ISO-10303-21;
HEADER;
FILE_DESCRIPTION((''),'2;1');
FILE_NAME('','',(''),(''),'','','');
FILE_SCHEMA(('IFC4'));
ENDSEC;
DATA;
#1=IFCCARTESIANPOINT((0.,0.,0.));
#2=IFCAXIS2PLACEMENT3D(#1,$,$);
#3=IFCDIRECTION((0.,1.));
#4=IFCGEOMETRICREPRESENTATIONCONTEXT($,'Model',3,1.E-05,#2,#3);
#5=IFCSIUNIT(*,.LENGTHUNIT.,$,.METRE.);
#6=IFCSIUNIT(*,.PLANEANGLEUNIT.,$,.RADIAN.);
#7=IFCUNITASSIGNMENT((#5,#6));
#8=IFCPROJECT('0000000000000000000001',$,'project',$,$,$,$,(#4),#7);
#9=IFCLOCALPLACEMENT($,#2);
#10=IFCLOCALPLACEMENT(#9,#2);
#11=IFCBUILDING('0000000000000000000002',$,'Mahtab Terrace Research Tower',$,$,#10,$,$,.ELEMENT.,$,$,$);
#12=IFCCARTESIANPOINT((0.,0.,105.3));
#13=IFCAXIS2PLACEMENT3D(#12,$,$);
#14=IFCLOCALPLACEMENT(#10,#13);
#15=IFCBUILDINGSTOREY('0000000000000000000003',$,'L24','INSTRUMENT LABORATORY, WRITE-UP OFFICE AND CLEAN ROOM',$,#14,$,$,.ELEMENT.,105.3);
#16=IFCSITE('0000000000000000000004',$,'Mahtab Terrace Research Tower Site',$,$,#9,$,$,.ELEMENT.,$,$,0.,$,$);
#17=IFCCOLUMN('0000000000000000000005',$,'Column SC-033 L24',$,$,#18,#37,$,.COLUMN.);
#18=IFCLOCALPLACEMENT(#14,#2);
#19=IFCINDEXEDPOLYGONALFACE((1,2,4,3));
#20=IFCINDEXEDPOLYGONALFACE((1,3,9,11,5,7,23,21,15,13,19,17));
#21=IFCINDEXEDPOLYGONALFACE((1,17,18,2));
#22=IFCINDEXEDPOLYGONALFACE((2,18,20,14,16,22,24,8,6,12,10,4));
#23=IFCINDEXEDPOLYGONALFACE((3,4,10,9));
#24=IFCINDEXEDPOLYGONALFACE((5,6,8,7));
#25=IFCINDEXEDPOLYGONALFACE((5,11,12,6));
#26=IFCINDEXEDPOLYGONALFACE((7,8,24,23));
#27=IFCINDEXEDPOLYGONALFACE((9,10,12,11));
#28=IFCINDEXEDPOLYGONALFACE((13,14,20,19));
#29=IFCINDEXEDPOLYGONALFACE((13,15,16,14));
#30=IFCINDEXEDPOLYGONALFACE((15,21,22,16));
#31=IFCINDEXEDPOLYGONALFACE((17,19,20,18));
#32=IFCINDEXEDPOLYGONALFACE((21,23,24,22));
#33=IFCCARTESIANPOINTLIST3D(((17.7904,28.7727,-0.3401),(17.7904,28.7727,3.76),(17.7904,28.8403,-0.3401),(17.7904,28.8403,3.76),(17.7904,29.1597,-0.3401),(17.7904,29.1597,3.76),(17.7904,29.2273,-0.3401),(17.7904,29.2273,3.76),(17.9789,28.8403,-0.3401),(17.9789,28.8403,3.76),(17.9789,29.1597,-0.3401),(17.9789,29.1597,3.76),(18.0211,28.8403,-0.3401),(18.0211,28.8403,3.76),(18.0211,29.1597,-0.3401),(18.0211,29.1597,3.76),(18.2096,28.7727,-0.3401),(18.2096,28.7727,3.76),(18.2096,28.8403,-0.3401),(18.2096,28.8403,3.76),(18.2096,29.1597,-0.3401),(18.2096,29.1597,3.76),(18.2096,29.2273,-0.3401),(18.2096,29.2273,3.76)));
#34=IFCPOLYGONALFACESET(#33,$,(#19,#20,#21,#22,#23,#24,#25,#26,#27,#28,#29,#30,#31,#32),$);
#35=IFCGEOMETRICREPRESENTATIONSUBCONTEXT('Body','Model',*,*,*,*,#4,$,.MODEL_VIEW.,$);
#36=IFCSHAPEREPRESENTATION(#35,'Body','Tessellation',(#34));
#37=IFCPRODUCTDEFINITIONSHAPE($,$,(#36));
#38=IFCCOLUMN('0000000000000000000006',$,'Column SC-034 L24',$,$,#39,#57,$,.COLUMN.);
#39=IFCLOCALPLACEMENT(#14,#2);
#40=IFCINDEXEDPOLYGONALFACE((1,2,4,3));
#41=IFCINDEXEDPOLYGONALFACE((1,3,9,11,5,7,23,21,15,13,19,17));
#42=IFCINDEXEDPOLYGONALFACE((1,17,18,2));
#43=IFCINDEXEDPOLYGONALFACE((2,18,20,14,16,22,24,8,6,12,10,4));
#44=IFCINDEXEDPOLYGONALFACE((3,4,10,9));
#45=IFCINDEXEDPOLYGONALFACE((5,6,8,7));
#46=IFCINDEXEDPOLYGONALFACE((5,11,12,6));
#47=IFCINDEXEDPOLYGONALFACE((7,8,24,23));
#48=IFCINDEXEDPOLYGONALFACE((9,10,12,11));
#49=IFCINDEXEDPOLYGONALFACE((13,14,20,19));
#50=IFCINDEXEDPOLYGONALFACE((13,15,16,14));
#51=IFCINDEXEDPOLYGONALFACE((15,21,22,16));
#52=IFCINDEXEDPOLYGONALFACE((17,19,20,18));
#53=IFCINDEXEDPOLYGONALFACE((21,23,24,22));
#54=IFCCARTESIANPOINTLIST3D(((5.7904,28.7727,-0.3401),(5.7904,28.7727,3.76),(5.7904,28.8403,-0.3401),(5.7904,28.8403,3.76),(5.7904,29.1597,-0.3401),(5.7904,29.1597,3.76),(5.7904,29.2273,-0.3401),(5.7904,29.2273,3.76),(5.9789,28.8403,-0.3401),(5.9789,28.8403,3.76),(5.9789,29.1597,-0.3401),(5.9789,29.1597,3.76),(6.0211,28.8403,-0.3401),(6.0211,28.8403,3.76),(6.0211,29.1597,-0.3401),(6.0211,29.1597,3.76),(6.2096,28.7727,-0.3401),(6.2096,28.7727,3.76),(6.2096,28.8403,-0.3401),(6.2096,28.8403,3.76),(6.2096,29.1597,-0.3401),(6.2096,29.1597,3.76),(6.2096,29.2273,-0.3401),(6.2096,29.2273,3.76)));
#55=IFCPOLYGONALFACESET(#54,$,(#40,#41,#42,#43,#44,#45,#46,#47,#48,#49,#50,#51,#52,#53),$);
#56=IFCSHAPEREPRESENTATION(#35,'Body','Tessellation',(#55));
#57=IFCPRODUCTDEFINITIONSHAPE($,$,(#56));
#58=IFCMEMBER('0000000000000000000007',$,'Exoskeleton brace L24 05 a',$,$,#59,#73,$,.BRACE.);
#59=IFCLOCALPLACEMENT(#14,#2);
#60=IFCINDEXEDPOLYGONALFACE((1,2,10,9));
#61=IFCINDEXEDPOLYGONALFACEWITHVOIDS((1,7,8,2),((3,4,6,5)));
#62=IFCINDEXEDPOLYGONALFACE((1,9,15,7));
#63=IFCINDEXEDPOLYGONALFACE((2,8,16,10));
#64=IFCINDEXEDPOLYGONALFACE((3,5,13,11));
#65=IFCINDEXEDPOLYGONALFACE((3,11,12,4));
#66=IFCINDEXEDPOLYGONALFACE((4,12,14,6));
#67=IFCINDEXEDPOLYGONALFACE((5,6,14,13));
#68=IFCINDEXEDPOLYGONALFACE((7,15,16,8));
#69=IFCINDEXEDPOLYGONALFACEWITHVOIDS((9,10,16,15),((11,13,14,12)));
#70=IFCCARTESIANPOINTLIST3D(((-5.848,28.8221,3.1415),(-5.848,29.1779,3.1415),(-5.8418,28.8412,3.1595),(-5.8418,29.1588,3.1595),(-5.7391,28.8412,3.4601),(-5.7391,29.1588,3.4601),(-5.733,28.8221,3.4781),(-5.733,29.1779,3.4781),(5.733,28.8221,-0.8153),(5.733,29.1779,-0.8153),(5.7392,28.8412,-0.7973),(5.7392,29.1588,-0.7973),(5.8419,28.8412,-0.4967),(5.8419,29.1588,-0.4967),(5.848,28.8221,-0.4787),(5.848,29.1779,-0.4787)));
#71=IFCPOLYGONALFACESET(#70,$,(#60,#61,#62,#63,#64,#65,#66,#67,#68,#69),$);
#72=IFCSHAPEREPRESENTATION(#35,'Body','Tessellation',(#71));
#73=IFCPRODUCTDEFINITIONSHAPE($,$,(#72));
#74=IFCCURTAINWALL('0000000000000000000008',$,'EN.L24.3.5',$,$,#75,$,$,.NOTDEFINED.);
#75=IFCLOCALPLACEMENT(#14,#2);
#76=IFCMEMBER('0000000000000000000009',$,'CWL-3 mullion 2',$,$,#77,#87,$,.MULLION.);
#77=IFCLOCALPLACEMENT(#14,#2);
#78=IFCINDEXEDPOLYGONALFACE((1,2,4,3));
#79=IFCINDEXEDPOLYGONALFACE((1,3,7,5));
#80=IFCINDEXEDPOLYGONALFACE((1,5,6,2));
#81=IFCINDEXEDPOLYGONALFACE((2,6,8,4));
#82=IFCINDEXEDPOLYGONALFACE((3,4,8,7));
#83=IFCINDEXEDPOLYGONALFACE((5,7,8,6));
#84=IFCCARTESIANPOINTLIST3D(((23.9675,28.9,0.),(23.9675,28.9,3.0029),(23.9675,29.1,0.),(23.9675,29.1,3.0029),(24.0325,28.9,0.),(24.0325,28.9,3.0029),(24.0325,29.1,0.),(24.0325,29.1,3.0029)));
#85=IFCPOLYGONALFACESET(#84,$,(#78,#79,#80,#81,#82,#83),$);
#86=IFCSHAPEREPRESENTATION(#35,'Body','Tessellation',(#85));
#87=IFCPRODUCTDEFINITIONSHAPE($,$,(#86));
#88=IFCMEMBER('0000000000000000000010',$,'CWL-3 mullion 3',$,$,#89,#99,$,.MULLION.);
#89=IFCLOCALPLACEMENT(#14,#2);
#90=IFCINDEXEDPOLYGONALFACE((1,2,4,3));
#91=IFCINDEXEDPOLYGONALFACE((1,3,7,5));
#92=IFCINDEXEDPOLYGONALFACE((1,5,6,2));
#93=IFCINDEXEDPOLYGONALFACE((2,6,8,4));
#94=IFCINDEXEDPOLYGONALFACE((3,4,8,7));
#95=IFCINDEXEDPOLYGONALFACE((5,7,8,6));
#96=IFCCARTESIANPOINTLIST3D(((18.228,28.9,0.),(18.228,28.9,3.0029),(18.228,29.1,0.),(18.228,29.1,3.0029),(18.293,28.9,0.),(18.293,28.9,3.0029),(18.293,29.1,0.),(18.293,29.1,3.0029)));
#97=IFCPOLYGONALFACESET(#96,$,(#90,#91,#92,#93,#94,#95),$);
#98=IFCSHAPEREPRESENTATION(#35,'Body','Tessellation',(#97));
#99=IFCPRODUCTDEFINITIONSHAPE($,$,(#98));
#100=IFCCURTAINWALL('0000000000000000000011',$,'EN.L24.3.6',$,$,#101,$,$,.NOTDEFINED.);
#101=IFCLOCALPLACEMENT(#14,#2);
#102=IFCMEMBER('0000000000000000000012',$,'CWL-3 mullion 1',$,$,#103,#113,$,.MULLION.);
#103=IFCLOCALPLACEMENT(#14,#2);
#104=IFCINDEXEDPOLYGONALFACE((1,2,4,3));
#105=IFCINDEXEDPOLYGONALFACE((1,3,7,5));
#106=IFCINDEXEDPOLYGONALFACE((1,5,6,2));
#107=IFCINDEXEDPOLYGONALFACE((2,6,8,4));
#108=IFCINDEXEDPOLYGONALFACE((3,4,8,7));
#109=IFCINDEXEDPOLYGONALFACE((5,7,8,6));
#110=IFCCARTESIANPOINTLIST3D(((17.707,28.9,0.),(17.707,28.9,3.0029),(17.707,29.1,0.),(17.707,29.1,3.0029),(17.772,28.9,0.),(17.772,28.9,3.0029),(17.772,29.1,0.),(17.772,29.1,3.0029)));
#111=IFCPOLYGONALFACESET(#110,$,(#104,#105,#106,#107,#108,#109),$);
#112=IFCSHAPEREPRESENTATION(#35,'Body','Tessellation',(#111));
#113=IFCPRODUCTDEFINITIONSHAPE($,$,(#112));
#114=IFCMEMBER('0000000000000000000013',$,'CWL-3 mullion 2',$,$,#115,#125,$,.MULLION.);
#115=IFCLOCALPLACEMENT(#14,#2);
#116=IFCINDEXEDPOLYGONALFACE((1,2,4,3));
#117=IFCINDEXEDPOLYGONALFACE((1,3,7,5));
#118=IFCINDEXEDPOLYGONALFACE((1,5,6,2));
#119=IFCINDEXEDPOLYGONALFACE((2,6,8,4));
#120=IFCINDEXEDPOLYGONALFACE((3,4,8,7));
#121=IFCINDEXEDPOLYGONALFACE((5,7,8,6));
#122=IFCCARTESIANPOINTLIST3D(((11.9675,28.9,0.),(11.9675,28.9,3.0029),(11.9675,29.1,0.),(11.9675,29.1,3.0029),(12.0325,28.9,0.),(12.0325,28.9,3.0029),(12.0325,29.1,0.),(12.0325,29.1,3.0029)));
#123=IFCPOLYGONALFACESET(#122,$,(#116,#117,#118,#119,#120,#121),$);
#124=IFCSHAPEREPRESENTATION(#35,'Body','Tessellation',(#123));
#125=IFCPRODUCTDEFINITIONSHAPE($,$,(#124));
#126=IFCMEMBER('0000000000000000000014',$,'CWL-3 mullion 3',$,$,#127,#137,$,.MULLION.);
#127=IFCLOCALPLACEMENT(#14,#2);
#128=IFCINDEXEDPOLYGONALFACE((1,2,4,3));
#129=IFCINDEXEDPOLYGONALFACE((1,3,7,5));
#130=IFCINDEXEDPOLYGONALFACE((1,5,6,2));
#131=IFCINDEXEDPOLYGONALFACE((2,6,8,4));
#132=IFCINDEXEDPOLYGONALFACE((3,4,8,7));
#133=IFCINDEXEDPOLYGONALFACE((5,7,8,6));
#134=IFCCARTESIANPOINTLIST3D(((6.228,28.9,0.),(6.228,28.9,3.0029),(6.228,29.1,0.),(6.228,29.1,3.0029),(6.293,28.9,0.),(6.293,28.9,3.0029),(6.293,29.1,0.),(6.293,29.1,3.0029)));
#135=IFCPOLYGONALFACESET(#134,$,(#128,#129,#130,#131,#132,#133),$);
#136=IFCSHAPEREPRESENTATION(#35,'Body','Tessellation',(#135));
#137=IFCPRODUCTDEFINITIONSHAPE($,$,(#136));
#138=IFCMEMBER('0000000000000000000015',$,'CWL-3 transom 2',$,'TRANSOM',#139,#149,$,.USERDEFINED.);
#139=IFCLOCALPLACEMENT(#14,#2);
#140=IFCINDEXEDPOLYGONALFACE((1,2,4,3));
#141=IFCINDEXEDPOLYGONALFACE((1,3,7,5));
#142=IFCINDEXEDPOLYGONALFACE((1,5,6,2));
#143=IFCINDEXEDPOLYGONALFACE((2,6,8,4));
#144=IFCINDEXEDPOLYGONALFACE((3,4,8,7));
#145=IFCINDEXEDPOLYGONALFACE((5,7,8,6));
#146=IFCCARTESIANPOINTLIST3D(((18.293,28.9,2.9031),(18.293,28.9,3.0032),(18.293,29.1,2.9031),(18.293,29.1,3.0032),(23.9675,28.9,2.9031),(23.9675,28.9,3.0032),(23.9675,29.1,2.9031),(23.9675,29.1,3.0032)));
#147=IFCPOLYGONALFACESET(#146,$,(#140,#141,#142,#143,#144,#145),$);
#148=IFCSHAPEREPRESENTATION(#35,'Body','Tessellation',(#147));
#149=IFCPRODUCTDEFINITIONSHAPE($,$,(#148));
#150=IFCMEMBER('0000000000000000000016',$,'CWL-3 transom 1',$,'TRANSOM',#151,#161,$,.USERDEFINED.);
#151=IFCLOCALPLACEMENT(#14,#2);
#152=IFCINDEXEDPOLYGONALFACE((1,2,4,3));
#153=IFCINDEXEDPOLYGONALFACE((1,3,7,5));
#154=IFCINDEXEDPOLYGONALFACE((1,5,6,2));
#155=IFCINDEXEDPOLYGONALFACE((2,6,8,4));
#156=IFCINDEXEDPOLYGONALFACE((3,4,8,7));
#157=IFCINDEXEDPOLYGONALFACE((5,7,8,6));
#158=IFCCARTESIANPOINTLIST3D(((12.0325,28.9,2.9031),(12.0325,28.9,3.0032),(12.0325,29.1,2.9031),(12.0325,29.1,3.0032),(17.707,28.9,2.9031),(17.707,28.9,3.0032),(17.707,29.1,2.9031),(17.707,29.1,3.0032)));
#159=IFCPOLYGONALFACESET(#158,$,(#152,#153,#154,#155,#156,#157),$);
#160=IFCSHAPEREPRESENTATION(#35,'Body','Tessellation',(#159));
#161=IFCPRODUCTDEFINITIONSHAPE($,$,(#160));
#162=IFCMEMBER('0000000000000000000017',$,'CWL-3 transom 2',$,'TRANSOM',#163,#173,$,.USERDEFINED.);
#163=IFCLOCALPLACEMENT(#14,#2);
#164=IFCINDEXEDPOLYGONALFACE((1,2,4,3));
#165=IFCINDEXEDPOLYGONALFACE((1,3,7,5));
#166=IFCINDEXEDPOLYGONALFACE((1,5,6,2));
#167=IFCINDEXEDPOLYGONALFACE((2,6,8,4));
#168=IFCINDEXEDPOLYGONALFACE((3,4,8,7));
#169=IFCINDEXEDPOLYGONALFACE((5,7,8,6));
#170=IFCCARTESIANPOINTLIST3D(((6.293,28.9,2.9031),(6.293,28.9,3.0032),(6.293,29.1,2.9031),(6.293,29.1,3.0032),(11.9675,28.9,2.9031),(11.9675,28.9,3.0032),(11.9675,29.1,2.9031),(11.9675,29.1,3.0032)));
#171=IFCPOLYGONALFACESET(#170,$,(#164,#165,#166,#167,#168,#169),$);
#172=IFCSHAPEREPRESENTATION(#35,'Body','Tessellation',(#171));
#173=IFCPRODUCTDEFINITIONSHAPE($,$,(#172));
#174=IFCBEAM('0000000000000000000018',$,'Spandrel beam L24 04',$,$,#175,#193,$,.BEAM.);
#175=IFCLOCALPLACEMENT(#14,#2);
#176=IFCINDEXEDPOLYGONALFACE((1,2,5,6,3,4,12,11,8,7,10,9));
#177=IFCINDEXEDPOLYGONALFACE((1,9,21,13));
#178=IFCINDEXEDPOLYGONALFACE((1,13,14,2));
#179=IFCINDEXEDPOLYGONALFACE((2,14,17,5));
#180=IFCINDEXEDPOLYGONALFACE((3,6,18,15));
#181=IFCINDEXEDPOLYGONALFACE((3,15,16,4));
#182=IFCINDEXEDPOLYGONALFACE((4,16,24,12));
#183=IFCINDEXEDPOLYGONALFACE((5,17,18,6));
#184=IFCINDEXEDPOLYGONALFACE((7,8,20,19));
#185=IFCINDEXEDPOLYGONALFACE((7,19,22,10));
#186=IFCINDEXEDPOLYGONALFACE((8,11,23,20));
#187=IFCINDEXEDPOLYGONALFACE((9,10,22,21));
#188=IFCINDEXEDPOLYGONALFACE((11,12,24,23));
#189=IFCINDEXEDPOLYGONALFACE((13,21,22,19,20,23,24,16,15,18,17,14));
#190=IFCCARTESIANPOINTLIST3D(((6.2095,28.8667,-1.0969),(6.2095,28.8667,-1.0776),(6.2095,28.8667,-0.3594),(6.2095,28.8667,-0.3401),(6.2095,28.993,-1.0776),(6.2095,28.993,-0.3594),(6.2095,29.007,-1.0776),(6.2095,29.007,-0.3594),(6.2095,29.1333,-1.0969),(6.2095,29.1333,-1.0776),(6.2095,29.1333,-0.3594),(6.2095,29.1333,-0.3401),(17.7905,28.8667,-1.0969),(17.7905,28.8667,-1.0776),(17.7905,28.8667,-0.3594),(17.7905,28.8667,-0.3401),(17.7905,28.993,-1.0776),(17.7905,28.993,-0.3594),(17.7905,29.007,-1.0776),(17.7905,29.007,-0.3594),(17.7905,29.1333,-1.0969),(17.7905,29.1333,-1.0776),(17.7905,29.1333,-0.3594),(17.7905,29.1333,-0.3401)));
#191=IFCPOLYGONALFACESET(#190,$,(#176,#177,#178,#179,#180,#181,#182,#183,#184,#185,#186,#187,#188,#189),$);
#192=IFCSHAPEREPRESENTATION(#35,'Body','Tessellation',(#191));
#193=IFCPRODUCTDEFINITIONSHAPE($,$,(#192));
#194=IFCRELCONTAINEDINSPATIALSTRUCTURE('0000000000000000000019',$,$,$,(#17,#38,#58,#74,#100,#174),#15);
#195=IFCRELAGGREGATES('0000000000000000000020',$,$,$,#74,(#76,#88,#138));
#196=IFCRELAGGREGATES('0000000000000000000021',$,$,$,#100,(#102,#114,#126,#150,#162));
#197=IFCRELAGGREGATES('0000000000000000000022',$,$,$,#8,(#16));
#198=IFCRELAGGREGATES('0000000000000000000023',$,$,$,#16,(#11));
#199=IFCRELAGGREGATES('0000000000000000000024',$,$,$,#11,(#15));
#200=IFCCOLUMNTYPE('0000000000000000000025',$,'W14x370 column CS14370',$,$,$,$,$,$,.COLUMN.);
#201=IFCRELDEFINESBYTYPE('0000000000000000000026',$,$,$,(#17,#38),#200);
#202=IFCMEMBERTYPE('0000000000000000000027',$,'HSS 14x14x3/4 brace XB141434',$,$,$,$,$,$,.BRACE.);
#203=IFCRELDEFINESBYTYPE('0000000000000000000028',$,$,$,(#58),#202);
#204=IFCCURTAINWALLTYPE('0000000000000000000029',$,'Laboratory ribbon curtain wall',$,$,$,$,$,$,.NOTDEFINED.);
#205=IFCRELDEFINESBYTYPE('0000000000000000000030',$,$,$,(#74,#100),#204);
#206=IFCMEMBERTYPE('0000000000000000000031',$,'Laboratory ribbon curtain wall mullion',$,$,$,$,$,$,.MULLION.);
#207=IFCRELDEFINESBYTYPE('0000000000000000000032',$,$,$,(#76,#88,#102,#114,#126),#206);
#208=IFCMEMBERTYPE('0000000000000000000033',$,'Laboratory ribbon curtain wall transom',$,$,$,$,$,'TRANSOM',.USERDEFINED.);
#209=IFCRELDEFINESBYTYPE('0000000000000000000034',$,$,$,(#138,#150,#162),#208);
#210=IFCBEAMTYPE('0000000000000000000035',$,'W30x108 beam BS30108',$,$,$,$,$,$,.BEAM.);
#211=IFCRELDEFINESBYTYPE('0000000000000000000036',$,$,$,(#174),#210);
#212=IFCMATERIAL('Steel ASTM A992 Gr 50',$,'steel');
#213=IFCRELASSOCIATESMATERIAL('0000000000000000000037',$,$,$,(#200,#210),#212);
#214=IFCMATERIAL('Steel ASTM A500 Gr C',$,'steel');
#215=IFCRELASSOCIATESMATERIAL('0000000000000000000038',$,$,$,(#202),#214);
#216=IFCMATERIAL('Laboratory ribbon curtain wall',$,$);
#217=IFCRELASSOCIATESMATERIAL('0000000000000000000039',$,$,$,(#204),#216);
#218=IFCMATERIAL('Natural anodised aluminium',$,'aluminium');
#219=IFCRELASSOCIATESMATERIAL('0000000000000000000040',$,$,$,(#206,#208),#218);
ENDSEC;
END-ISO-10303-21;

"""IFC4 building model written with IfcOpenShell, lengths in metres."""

from ifc_helpers import new_model, si_unit, direction, frame, origin, origin_2d, place, context, subcontext, project, spatial, rectangle, hollow_rectangle, i_section, extrude, material, material_profile, profile_set, type_object, element, aggregate, save


model = new_model("IFC4")

# Units and contexts
model_context = context("Model", 3, precision=1e-05, world=origin(), true_north=direction((0.0, 1.0)))
body_context = subcontext(model_context, "Body", "Model", "MODEL_VIEW")
ifc_project = project(units=[si_unit("LENGTHUNIT", "METRE"), si_unit("PLANEANGLEUNIT", "RADIAN")], contexts=[model_context])

# Site, building, storey
site_placement = place(None, origin())
site = spatial("IfcSite", under=ifc_project, at=site_placement, Name="Mahtab Terrace Research Tower Site", CompositionType="ELEMENT", RefElevation=0.0)
building_placement = place(site_placement, origin())
building = spatial("IfcBuilding", under=site, at=building_placement, Name="Mahtab Terrace Research Tower", CompositionType="ELEMENT")
storey_placement = place(building_placement, frame((0.0, 0.0, 105.3)))
storey = spatial("IfcBuildingStorey", under=building, at=storey_placement, Name="L24", Description="INSTRUMENT LABORATORY, WRITE-UP OFFICE AND CLEAN ROOM", CompositionType="ELEMENT", Elevation=105.3)

# Columns
ifc_material_1 = material(Name="Steel ASTM A992 Gr 50", Category="steel")
ifc_material_profile_1 = material_profile(ifc_material_1, i_section(OverallWidth=0.4192, OverallDepth=0.4546, WebThickness=0.0422, FlangeThickness=0.0676, at=origin_2d()), Name="W14X370")
ifc_profile_set_1 = profile_set([ifc_material_profile_1], Name="Steel ASTM A992 Gr 50")
column_type = type_object("IfcColumnType", Name="W14x370 column CS14370", PredefinedType="COLUMN", material=ifc_profile_set_1)
for number, where, z_axis, x_axis, name in (
    (1, (18.0, 29.0, -0.3401), (0.0, 0.0, 1.0), (1.0, 0.0, 0.0), "Column SC-033 L24"),
    (2, (6.0, 29.0, -0.3401), (0.0, 0.0, 1.0), (1.0, 0.0, 0.0), "Column SC-034 L24"),
):
    element("IfcColumn", number, at=place(storey_placement, frame(where, z_axis=z_axis, x_axis=x_axis)), inside=storey, type_object=column_type, Name=name, PredefinedType="COLUMN", context=body_context, shape_type="SweptSolid", body=[
        extrude(i_section(OverallWidth=0.4192, OverallDepth=0.4546, WebThickness=0.0422, FlangeThickness=0.0676, at=origin_2d()), origin(), (0.0, 0.0, 1.0), 4.1001),
    ])

# Member
ifc_material_2 = material(Name="Steel ASTM A500 Gr C", Category="steel")
ifc_material_profile_2 = material_profile(ifc_material_2, hollow_rectangle(XDim=0.3557, YDim=0.3557, WallThickness=0.019, at=origin_2d()), Name="HSS14X14X3/4")
ifc_profile_set_2 = profile_set([ifc_material_profile_2], Name="Steel ASTM A500 Gr C")
member_type_1 = type_object("IfcMemberType", Name="HSS 14x14x3/4 brace XB141434", PredefinedType="BRACE", material=ifc_profile_set_2)
member_1_placement = place(storey_placement, frame((5.7905, 29.0, -0.647), z_axis=(-0.946293, 0.0, 0.323311), x_axis=(0.0, -1.0, 0.0)))
element("IfcMember", 3, at=member_1_placement, inside=storey, type_object=member_type_1, Name="Exoskeleton brace L24 05 a", PredefinedType="BRACE", context=body_context, shape_type="SweptSolid", body=[
    extrude(hollow_rectangle(XDim=0.3557, YDim=0.3557, WallThickness=0.019, at=origin_2d()), origin(), (0.0, 0.0, 1.0), 12.2383),
])

# Curtain walls, members
ifc_material_3 = material(Name="Laboratory ribbon curtain wall")
curtain_wall_type = type_object("IfcCurtainWallType", Name="Laboratory ribbon curtain wall", PredefinedType="NOTDEFINED", material=ifc_material_3)
curtain_wall_1_placement = place(storey_placement, origin())
curtain_wall_1 = element("IfcCurtainWall", 4, at=curtain_wall_1_placement, inside=storey, type_object=curtain_wall_type, Name="EN.L24.3.5", PredefinedType="NOTDEFINED")
ifc_material_4 = material(Name="Natural anodised aluminium", Category="aluminium")
ifc_material_profile_3 = material_profile(ifc_material_4, rectangle(XDim=0.2, YDim=0.0649, at=origin_2d()), Name="MULLION 65x200")
ifc_profile_set_3 = profile_set([ifc_material_profile_3], Name="Natural anodised aluminium")
member_type_2 = type_object("IfcMemberType", Name="Laboratory ribbon curtain wall mullion", PredefinedType="MULLION", material=ifc_profile_set_3)
member_2_placement = place(storey_placement, frame((24.0, 29.0, 0.0), z_axis=(0.0, 0.0, 1.0), x_axis=(0.0, -1.0, 0.0)))
member_2 = element("IfcMember", 5, at=member_2_placement, type_object=member_type_2, Name="CWL-3 mullion 2", PredefinedType="MULLION", context=body_context, shape_type="SweptSolid", body=[
    extrude(rectangle(XDim=0.2, YDim=0.0649, at=origin_2d()), origin(), (0.0, 0.0, 1.0), 3.0029),
])
member_3_placement = place(storey_placement, frame((18.2605, 29.0, 0.0), z_axis=(0.0, 0.0, 1.0), x_axis=(0.0, -1.0, 0.0)))
member_3 = element("IfcMember", 6, at=member_3_placement, type_object=member_type_2, Name="CWL-3 mullion 3", PredefinedType="MULLION", context=body_context, shape_type="SweptSolid", body=[
    extrude(rectangle(XDim=0.2, YDim=0.0649, at=origin_2d()), origin(), (0.0, 0.0, 1.0), 3.0029),
])
curtain_wall_2_placement = place(storey_placement, origin())
curtain_wall_2 = element("IfcCurtainWall", 7, at=curtain_wall_2_placement, inside=storey, type_object=curtain_wall_type, Name="EN.L24.3.6", PredefinedType="NOTDEFINED")
member_4_placement = place(storey_placement, frame((17.7395, 29.0, 0.0), z_axis=(0.0, 0.0, 1.0), x_axis=(0.0, -1.0, 0.0)))
member_4 = element("IfcMember", 8, at=member_4_placement, type_object=member_type_2, Name="CWL-3 mullion 1", PredefinedType="MULLION", context=body_context, shape_type="SweptSolid", body=[
    extrude(rectangle(XDim=0.2, YDim=0.0649, at=origin_2d()), origin(), (0.0, 0.0, 1.0), 3.0029),
])
member_5_placement = place(storey_placement, frame((12.0, 29.0, 0.0), z_axis=(0.0, 0.0, 1.0), x_axis=(0.0, -1.0, 0.0)))
member_5 = element("IfcMember", 9, at=member_5_placement, type_object=member_type_2, Name="CWL-3 mullion 2", PredefinedType="MULLION", context=body_context, shape_type="SweptSolid", body=[
    extrude(rectangle(XDim=0.2, YDim=0.0649, at=origin_2d()), origin(), (0.0, 0.0, 1.0), 3.0029),
])
member_6_placement = place(storey_placement, frame((6.2605, 29.0, 0.0), z_axis=(0.0, 0.0, 1.0), x_axis=(0.0, -1.0, 0.0)))
member_6 = element("IfcMember", 10, at=member_6_placement, type_object=member_type_2, Name="CWL-3 mullion 3", PredefinedType="MULLION", context=body_context, shape_type="SweptSolid", body=[
    extrude(rectangle(XDim=0.2, YDim=0.0649, at=origin_2d()), origin(), (0.0, 0.0, 1.0), 3.0029),
])

# Members
ifc_material_profile_4 = material_profile(ifc_material_4, rectangle(XDim=0.2, YDim=0.1001, at=origin_2d()), Name="TRANSOM 100x200")
ifc_profile_set_4 = profile_set([ifc_material_profile_4], Name="Natural anodised aluminium")
member_type_3 = type_object("IfcMemberType", Name="Laboratory ribbon curtain wall transom", ElementType="TRANSOM", PredefinedType="USERDEFINED", material=ifc_profile_set_4)
member_7_placement = place(storey_placement, frame((23.9675, 29.0, 2.9531), z_axis=(-1.0, 0.0, 0.0), x_axis=(0.0, -1.0, 0.0)))
member_7 = element("IfcMember", 11, at=member_7_placement, type_object=member_type_3, Name="CWL-3 transom 2", ObjectType="TRANSOM", PredefinedType="USERDEFINED", context=body_context, shape_type="SweptSolid", body=[
    extrude(rectangle(XDim=0.2, YDim=0.1001, at=origin_2d()), origin(), (0.0, 0.0, 1.0), 5.6746),
])
member_8_placement = place(storey_placement, frame((17.707, 29.0, 2.9531), z_axis=(-1.0, 0.0, 0.0), x_axis=(0.0, -1.0, 0.0)))
member_8 = element("IfcMember", 12, at=member_8_placement, type_object=member_type_3, Name="CWL-3 transom 1", ObjectType="TRANSOM", PredefinedType="USERDEFINED", context=body_context, shape_type="SweptSolid", body=[
    extrude(rectangle(XDim=0.2, YDim=0.1001, at=origin_2d()), origin(), (0.0, 0.0, 1.0), 5.6746),
])
member_9_placement = place(storey_placement, frame((11.9675, 29.0, 2.9531), z_axis=(-1.0, 0.0, 0.0), x_axis=(0.0, -1.0, 0.0)))
member_9 = element("IfcMember", 13, at=member_9_placement, type_object=member_type_3, Name="CWL-3 transom 2", ObjectType="TRANSOM", PredefinedType="USERDEFINED", context=body_context, shape_type="SweptSolid", body=[
    extrude(rectangle(XDim=0.2, YDim=0.1001, at=origin_2d()), origin(), (0.0, 0.0, 1.0), 5.6746),
])

# Beam
ifc_material_profile_5 = material_profile(ifc_material_1, i_section(OverallWidth=0.2666, OverallDepth=0.7568, WebThickness=0.0139, FlangeThickness=0.0193, at=origin_2d()), Name="W30X108")
ifc_profile_set_5 = profile_set([ifc_material_profile_5], Name="Steel ASTM A992 Gr 50")
beam_type = type_object("IfcBeamType", Name="W30x108 beam BS30108", PredefinedType="BEAM", material=ifc_profile_set_5)
for number, where, z_axis, x_axis, name in (
    (14, (17.7905, 29.0, -0.7185), (-1.0, 0.0, 0.0), (0.0, -1.0, 0.0), "Spandrel beam L24 04"),
):
    element("IfcBeam", number, at=place(storey_placement, frame(where, z_axis=z_axis, x_axis=x_axis)), inside=storey, type_object=beam_type, Name=name, PredefinedType="BEAM", context=body_context, shape_type="SweptSolid", body=[
        extrude(i_section(OverallWidth=0.2666, OverallDepth=0.7568, WebThickness=0.0139, FlangeThickness=0.0193, at=origin_2d()), origin(), (0.0, 0.0, 1.0), 11.5811),
    ])

aggregate(curtain_wall_1, [member_2, member_3, member_7])
aggregate(curtain_wall_2, [member_4, member_5, member_6, member_8, member_9])

save(model, "model.ifc")
